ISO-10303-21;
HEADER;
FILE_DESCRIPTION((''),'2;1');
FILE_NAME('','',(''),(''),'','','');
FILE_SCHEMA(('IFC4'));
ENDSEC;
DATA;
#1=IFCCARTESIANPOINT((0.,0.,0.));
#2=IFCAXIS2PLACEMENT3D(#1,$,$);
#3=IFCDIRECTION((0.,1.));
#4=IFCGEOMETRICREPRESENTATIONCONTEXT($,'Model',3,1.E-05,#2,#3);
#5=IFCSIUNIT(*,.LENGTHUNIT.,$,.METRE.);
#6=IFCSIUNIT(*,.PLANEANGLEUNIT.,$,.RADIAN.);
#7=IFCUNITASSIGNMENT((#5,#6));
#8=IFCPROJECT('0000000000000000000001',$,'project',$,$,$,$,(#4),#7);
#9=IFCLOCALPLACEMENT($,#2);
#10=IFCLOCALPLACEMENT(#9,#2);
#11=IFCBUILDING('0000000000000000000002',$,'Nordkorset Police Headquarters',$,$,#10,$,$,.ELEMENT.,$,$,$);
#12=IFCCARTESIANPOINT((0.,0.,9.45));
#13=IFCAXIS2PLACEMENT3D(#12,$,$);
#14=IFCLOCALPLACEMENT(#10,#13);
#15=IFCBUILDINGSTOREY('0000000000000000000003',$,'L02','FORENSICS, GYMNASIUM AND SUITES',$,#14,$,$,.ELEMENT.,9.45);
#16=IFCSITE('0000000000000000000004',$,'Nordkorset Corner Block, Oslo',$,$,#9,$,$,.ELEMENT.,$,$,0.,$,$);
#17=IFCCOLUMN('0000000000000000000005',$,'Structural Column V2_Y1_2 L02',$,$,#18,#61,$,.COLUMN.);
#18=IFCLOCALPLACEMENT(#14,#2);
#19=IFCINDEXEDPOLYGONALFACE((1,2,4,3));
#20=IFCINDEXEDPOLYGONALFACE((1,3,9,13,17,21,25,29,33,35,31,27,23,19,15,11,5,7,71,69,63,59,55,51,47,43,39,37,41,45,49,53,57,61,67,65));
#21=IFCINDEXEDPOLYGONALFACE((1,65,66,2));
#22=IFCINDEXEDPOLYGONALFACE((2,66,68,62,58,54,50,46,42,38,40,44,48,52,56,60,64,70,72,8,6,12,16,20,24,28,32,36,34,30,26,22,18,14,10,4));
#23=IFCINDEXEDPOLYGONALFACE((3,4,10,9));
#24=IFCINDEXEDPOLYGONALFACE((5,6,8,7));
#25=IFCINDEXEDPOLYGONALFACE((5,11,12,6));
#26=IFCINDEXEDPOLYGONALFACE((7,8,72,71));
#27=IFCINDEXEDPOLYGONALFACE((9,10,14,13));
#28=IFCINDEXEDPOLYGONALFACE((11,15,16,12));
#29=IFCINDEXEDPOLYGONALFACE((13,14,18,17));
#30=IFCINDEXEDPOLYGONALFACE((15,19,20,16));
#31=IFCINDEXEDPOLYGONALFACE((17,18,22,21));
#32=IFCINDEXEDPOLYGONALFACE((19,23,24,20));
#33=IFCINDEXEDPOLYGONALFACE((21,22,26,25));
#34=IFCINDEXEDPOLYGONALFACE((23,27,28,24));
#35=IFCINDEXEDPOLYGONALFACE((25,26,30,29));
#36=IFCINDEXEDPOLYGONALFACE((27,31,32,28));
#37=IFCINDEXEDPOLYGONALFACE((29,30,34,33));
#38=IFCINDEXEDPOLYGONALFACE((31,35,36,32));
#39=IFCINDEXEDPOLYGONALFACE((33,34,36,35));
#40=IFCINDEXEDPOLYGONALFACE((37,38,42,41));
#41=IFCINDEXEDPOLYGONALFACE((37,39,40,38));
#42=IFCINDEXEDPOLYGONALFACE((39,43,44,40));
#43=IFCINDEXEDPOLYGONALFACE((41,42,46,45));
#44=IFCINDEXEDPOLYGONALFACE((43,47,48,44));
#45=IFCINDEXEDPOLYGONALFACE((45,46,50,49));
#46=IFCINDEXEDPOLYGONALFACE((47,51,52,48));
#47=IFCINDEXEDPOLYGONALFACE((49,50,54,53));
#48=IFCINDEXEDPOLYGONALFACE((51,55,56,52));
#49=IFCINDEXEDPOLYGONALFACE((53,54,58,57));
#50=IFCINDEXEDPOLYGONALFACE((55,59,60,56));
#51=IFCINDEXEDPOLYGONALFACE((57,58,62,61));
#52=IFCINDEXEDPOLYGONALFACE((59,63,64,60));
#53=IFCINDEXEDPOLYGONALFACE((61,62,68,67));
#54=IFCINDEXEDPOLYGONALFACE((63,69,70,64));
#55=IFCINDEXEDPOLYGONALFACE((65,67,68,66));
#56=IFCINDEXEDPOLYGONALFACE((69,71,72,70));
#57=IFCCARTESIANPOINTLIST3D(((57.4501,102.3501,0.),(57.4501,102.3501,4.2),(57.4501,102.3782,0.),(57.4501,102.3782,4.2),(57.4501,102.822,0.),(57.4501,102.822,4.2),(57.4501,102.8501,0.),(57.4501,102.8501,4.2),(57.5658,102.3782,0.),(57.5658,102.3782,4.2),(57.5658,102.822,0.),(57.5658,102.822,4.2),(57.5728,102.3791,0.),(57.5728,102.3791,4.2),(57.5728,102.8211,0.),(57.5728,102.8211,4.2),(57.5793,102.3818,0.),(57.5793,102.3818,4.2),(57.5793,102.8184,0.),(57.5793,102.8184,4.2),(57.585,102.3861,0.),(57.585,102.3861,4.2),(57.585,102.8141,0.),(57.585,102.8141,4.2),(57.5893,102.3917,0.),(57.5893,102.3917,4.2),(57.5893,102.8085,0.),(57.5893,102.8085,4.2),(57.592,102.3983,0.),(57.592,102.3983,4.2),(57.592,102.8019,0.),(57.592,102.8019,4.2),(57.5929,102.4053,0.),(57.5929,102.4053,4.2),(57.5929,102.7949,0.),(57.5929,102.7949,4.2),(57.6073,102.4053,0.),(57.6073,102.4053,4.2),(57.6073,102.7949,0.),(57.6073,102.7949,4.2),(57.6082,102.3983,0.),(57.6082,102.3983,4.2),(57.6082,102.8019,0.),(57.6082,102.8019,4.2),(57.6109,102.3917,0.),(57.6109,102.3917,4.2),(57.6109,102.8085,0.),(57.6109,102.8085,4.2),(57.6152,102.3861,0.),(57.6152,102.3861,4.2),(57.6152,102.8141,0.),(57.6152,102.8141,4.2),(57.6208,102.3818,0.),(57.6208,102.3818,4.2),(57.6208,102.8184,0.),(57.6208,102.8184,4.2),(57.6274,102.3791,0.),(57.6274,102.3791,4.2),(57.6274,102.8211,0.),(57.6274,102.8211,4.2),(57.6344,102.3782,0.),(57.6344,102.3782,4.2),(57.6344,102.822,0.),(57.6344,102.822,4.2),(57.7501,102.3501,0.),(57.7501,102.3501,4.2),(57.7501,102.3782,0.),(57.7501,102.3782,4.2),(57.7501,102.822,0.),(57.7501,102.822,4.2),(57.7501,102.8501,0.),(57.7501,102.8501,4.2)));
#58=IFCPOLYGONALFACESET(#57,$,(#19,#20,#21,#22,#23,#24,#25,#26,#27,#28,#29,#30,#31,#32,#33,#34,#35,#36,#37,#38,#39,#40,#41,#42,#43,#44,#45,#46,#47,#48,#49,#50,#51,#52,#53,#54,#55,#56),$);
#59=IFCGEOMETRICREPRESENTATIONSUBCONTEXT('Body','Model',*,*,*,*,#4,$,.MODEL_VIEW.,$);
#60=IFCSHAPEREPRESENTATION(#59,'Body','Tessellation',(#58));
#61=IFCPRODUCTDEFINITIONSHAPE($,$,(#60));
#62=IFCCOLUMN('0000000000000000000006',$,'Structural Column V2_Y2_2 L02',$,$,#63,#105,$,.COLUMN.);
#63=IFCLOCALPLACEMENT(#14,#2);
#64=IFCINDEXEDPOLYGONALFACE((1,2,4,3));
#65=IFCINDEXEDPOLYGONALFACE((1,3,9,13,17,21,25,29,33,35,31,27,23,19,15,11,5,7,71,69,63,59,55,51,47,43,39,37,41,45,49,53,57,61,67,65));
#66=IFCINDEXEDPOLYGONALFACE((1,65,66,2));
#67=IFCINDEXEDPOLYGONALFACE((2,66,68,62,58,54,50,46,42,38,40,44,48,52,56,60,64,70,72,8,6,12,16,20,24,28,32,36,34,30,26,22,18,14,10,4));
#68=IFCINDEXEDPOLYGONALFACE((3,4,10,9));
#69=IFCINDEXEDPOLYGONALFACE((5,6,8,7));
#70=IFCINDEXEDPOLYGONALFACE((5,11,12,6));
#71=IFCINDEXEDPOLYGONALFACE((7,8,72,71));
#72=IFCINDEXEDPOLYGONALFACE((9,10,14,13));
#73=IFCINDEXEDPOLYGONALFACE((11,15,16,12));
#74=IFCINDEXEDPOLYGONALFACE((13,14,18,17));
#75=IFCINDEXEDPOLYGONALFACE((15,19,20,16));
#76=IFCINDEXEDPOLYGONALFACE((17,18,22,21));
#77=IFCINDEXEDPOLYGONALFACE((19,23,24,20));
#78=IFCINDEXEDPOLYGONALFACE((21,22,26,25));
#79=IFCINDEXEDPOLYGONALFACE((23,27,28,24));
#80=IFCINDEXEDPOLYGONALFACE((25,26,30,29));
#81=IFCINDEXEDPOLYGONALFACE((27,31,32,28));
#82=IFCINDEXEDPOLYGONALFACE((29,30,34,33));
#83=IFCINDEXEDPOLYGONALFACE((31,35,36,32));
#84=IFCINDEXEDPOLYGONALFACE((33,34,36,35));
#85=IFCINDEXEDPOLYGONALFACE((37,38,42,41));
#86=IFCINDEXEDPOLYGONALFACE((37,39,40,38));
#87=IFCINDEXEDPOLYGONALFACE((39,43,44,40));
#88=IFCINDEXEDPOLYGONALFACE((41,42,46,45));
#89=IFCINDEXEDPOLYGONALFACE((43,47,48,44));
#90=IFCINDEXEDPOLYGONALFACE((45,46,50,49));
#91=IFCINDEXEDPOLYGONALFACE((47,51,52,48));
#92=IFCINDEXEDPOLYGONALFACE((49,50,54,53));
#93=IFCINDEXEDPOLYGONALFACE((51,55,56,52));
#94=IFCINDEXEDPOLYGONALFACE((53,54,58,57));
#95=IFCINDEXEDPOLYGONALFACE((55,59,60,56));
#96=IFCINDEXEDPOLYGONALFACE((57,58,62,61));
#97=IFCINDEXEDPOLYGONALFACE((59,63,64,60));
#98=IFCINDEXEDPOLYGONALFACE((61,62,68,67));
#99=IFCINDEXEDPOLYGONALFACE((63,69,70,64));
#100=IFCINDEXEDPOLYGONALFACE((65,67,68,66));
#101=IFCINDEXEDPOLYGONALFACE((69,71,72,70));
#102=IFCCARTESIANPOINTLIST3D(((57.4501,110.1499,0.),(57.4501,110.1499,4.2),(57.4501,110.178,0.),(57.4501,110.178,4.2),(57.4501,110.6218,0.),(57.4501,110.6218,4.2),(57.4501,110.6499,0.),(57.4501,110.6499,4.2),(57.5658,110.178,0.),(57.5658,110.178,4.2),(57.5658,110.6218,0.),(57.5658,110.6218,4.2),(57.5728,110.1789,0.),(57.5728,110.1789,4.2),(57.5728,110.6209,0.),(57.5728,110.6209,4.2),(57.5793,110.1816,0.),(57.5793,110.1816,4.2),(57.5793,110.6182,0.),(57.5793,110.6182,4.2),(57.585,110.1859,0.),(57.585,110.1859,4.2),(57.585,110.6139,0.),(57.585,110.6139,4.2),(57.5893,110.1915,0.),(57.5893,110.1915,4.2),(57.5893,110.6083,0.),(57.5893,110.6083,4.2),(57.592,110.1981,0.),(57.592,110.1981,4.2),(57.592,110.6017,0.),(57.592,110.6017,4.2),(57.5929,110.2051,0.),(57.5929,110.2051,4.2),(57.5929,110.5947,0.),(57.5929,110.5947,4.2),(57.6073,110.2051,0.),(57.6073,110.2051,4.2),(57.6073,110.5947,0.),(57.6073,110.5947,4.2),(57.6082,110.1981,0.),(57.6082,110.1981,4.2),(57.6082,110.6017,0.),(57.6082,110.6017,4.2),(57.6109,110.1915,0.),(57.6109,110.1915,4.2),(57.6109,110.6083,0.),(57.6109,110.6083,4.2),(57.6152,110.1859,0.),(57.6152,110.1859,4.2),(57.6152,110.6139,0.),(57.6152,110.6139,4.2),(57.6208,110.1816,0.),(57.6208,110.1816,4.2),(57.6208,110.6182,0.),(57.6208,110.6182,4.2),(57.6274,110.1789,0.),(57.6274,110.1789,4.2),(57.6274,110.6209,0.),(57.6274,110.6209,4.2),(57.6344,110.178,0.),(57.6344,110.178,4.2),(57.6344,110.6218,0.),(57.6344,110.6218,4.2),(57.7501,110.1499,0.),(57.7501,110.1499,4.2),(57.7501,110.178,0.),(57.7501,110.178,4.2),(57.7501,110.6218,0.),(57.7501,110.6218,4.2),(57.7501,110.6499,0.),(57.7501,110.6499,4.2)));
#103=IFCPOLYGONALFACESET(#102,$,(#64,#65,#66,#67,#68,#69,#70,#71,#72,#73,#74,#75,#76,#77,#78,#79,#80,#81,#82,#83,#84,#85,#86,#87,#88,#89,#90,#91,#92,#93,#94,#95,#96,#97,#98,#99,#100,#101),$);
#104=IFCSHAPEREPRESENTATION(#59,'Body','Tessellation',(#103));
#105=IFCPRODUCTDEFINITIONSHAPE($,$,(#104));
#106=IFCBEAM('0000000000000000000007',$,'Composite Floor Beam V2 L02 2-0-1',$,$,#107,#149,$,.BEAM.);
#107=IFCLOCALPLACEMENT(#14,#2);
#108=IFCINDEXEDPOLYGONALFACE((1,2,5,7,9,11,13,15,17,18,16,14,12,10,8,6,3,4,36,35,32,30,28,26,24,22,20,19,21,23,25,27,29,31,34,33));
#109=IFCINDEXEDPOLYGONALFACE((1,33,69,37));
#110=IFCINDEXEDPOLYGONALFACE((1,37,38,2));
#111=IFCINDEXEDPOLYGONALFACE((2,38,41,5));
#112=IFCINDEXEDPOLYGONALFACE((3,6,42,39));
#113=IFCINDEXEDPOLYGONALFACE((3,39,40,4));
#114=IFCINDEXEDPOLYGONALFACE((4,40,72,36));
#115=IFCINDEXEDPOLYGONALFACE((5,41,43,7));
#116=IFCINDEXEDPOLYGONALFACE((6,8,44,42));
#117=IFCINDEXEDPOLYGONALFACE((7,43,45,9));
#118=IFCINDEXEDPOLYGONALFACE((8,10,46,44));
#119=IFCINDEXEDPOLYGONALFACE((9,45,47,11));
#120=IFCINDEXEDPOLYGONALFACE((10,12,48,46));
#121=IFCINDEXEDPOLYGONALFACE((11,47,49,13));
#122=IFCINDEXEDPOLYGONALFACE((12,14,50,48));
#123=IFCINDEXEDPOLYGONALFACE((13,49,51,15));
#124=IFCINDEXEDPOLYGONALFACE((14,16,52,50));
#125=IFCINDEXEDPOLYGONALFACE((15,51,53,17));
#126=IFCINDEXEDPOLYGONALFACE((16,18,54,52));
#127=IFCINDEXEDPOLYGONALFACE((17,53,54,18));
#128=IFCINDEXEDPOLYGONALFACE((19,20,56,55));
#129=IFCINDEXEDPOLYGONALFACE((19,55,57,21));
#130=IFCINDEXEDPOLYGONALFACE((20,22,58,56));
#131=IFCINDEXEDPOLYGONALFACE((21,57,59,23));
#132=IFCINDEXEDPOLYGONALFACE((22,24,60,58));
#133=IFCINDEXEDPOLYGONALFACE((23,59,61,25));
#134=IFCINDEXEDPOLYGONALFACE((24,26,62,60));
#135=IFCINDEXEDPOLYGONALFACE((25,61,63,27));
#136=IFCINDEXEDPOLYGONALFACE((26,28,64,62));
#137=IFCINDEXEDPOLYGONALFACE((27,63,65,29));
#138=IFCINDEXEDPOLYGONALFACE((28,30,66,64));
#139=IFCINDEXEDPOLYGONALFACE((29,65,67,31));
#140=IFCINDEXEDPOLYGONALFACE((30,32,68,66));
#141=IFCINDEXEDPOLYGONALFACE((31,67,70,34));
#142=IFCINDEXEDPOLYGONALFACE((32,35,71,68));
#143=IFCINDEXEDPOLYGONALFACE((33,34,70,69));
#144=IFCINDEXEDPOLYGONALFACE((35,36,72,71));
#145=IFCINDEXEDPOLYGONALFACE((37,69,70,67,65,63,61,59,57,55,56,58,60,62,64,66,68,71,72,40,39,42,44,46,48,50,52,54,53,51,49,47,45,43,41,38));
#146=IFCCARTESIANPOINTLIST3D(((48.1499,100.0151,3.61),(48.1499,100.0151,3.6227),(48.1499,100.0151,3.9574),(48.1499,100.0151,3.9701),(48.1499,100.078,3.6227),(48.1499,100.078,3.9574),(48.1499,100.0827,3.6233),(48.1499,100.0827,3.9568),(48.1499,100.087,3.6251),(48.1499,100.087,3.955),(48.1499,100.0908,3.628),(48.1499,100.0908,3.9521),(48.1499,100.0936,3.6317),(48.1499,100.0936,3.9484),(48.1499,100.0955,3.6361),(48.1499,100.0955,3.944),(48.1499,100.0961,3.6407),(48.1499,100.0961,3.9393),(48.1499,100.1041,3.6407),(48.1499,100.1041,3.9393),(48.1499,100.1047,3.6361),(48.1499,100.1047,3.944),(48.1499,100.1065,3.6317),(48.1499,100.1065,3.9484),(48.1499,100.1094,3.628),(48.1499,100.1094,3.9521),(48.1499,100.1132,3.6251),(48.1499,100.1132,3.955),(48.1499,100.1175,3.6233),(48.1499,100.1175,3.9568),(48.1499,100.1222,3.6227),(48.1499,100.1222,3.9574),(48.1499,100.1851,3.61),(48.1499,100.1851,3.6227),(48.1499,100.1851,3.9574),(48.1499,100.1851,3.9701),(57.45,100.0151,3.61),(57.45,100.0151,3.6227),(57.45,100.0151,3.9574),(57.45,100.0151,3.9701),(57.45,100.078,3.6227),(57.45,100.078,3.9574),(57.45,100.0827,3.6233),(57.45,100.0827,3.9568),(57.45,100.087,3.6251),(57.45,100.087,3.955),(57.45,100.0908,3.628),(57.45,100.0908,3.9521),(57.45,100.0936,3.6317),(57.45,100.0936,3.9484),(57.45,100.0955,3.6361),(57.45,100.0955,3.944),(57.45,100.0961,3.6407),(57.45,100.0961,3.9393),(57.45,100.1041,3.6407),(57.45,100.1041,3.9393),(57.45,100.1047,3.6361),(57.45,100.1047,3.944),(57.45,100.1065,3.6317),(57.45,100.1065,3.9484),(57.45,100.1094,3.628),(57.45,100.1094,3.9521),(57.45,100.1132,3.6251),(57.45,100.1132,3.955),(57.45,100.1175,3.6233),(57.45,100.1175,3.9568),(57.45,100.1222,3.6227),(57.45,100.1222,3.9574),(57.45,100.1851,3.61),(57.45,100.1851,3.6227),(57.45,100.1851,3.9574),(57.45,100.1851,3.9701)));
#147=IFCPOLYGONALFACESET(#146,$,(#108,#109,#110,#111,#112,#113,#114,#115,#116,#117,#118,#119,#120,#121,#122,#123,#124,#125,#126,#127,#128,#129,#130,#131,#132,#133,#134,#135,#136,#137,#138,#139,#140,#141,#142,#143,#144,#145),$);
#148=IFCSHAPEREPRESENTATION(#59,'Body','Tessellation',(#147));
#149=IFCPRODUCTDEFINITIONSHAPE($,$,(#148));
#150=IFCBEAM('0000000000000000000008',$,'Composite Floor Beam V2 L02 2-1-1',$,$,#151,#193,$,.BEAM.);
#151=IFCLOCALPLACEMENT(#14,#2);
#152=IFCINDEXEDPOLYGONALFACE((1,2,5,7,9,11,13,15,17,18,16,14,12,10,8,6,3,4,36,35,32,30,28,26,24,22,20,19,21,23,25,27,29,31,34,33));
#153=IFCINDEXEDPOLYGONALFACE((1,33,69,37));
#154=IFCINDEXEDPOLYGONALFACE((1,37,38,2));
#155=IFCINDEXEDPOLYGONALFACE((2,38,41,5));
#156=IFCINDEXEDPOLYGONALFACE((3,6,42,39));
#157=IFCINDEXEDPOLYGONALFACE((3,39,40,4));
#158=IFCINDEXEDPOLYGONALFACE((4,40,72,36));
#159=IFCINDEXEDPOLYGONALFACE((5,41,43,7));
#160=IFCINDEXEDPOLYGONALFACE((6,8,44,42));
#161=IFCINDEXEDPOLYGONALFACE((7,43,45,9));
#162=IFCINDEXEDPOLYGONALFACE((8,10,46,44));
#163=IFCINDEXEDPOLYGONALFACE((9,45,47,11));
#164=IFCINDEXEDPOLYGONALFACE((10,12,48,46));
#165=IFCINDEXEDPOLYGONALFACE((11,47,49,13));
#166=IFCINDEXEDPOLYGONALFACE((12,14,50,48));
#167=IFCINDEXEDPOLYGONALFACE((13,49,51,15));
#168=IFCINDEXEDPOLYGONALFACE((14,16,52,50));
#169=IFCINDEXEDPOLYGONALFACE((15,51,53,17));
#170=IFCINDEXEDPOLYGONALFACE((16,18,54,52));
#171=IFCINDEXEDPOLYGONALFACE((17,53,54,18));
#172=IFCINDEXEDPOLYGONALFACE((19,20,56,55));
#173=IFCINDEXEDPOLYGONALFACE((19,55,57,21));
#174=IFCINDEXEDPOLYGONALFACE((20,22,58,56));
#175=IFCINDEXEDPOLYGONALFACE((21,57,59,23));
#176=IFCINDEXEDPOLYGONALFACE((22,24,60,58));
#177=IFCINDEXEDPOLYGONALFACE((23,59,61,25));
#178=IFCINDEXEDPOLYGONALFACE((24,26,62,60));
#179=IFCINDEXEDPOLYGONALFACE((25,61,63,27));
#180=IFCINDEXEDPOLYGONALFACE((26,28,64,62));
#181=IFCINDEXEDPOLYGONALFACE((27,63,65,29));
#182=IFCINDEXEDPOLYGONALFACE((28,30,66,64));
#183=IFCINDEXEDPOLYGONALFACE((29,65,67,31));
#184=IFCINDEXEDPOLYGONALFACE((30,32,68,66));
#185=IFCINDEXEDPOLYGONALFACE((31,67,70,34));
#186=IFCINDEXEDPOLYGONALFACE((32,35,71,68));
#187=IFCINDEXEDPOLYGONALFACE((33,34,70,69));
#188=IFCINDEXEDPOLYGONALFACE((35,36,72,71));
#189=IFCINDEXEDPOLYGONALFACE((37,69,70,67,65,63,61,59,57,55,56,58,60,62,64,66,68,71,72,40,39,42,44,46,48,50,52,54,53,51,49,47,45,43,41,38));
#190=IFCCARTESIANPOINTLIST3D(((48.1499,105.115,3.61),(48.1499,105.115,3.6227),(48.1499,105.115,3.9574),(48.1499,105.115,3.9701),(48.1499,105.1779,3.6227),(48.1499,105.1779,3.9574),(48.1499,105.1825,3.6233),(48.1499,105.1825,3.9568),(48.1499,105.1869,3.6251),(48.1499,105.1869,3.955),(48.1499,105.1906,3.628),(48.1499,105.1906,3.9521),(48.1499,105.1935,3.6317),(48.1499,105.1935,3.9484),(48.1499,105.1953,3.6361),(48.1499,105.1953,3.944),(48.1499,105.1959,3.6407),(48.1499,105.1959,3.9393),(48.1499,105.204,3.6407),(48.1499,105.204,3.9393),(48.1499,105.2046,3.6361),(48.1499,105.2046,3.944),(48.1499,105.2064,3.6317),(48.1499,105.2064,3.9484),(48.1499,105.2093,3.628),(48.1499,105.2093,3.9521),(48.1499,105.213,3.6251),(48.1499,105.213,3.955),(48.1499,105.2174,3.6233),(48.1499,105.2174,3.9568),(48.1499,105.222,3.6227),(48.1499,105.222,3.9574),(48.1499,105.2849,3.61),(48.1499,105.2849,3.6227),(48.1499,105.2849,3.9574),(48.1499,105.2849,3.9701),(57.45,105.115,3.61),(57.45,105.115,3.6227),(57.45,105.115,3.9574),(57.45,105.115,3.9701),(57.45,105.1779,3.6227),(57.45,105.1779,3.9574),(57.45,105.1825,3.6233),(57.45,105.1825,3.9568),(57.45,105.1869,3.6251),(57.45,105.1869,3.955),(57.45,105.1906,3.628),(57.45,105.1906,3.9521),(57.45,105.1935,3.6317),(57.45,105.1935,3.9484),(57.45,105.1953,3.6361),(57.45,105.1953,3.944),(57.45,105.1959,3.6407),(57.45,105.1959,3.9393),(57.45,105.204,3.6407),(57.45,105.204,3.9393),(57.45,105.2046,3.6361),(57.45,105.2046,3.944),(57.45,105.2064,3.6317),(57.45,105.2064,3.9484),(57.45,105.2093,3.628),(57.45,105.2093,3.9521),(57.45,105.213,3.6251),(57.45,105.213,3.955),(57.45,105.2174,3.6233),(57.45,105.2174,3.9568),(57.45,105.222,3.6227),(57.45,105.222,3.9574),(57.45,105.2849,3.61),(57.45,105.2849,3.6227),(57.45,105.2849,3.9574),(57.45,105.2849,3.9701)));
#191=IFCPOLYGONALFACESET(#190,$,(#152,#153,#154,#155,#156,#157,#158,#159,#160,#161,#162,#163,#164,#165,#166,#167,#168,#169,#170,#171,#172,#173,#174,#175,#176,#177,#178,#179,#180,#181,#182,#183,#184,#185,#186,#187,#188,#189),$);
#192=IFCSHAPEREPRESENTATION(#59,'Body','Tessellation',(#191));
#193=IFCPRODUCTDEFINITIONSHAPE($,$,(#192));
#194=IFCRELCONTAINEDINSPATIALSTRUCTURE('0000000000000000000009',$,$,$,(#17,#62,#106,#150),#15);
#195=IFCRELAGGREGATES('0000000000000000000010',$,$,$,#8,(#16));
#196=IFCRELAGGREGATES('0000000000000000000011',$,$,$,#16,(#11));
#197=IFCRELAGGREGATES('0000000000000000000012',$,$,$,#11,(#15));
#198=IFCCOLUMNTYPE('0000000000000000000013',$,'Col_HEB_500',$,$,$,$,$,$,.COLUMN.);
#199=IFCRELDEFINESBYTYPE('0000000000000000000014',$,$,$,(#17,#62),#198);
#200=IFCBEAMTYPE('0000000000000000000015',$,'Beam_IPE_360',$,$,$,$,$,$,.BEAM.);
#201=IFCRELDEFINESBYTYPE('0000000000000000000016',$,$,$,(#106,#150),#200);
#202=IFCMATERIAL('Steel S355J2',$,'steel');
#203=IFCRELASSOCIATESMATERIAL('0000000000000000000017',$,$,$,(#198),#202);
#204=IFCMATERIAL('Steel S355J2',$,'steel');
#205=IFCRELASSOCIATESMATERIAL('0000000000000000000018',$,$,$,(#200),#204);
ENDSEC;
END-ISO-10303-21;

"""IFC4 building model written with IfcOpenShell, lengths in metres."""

from ifc_helpers import new_model, si_unit, direction, frame, origin, origin_2d, place, context, subcontext, project, spatial, i_section, extrude, material, material_profile, profile_set, type_object, element, save


model = new_model("IFC4")

# Units and contexts
model_context = context("Model", 3, precision=1e-05, world=origin(), true_north=direction((0.0, 1.0)))
body_context = subcontext(model_context, "Body", "Model", "MODEL_VIEW")
ifc_project = project(units=[si_unit("LENGTHUNIT", "METRE"), si_unit("PLANEANGLEUNIT", "RADIAN")], contexts=[model_context])

# Site, building, storey
site_placement = place(None, origin())
site = spatial("IfcSite", under=ifc_project, at=site_placement, Name="Nordkorset Corner Block, Oslo", CompositionType="ELEMENT", RefElevation=0.0)
building_placement = place(site_placement, origin())
building = spatial("IfcBuilding", under=site, at=building_placement, Name="Nordkorset Police Headquarters", CompositionType="ELEMENT")
storey_placement = place(building_placement, frame((0.0, 0.0, 9.45)))
storey = spatial("IfcBuildingStorey", under=building, at=storey_placement, Name="L02", Description="FORENSICS, GYMNASIUM AND SUITES", CompositionType="ELEMENT", Elevation=9.45)

# Columns
ifc_material_1 = material(Name="Steel S355J2", Category="steel")
ifc_material_profile_1 = material_profile(ifc_material_1, i_section(OverallWidth=0.3, OverallDepth=0.5, WebThickness=0.0144, FlangeThickness=0.0281, FilletRadius=0.0271, at=origin_2d()), Name="HEB 500")
ifc_profile_set_1 = profile_set([ifc_material_profile_1], Name="Steel S355J2")
column_type = type_object("IfcColumnType", Name="Col_HEB_500", PredefinedType="COLUMN", material=ifc_profile_set_1)
for number, where, z_axis, x_axis, name in (
    (1, (57.6001, 102.6001, 0.0), (0.0, 0.0, 1.0), (1.0, 0.0, 0.0), "Structural Column V2_Y1_2 L02"),
    (2, (57.6001, 110.3999, 0.0), (0.0, 0.0, 1.0), (1.0, 0.0, 0.0), "Structural Column V2_Y2_2 L02"),
):
    element("IfcColumn", number, at=place(storey_placement, frame(where, z_axis=z_axis, x_axis=x_axis)), inside=storey, type_object=column_type, Name=name, PredefinedType="COLUMN", context=body_context, shape_type="SweptSolid", body=[
        extrude(i_section(OverallWidth=0.3, OverallDepth=0.5, WebThickness=0.0144, FlangeThickness=0.0281, FilletRadius=0.0271, at=origin_2d()), origin(), (0.0, 0.0, 1.0), 4.2),
    ])

# Beams
ifc_material_2 = material(Name="Steel S355J2", Category="steel")
ifc_material_profile_2 = material_profile(ifc_material_2, i_section(OverallWidth=0.1699, OverallDepth=0.3601, WebThickness=0.0081, FlangeThickness=0.0127, FilletRadius=0.0181, at=origin_2d()), Name="IPE 360")
ifc_profile_set_2 = profile_set([ifc_material_profile_2], Name="Steel S355J2")
beam_type_1 = type_object("IfcBeamType", Name="Beam_IPE_360", PredefinedType="BEAM", material=ifc_profile_set_2)
for number, where, z_axis, x_axis, name in (
    (3, (48.1499, 100.1001, 3.79), (1.0, 0.0, 0.0), (0.0, 1.0, 0.0), "Composite Floor Beam V2 L02 2-0-1"),
    (4, (48.1499, 105.2, 3.79), (1.0, 0.0, 0.0), (0.0, 1.0, 0.0), "Composite Floor Beam V2 L02 2-1-1"),
):
    element("IfcBeam", number, at=place(storey_placement, frame(where, z_axis=z_axis, x_axis=x_axis)), inside=storey, type_object=beam_type_1, Name=name, PredefinedType="BEAM", context=body_context, shape_type="SweptSolid", body=[
        extrude(i_section(OverallWidth=0.1699, OverallDepth=0.3601, WebThickness=0.0081, FlangeThickness=0.0127, FilletRadius=0.0181, at=origin_2d()), origin(), (0.0, 0.0, 1.0), 9.3),
    ])

save(model, "model.ifc")
